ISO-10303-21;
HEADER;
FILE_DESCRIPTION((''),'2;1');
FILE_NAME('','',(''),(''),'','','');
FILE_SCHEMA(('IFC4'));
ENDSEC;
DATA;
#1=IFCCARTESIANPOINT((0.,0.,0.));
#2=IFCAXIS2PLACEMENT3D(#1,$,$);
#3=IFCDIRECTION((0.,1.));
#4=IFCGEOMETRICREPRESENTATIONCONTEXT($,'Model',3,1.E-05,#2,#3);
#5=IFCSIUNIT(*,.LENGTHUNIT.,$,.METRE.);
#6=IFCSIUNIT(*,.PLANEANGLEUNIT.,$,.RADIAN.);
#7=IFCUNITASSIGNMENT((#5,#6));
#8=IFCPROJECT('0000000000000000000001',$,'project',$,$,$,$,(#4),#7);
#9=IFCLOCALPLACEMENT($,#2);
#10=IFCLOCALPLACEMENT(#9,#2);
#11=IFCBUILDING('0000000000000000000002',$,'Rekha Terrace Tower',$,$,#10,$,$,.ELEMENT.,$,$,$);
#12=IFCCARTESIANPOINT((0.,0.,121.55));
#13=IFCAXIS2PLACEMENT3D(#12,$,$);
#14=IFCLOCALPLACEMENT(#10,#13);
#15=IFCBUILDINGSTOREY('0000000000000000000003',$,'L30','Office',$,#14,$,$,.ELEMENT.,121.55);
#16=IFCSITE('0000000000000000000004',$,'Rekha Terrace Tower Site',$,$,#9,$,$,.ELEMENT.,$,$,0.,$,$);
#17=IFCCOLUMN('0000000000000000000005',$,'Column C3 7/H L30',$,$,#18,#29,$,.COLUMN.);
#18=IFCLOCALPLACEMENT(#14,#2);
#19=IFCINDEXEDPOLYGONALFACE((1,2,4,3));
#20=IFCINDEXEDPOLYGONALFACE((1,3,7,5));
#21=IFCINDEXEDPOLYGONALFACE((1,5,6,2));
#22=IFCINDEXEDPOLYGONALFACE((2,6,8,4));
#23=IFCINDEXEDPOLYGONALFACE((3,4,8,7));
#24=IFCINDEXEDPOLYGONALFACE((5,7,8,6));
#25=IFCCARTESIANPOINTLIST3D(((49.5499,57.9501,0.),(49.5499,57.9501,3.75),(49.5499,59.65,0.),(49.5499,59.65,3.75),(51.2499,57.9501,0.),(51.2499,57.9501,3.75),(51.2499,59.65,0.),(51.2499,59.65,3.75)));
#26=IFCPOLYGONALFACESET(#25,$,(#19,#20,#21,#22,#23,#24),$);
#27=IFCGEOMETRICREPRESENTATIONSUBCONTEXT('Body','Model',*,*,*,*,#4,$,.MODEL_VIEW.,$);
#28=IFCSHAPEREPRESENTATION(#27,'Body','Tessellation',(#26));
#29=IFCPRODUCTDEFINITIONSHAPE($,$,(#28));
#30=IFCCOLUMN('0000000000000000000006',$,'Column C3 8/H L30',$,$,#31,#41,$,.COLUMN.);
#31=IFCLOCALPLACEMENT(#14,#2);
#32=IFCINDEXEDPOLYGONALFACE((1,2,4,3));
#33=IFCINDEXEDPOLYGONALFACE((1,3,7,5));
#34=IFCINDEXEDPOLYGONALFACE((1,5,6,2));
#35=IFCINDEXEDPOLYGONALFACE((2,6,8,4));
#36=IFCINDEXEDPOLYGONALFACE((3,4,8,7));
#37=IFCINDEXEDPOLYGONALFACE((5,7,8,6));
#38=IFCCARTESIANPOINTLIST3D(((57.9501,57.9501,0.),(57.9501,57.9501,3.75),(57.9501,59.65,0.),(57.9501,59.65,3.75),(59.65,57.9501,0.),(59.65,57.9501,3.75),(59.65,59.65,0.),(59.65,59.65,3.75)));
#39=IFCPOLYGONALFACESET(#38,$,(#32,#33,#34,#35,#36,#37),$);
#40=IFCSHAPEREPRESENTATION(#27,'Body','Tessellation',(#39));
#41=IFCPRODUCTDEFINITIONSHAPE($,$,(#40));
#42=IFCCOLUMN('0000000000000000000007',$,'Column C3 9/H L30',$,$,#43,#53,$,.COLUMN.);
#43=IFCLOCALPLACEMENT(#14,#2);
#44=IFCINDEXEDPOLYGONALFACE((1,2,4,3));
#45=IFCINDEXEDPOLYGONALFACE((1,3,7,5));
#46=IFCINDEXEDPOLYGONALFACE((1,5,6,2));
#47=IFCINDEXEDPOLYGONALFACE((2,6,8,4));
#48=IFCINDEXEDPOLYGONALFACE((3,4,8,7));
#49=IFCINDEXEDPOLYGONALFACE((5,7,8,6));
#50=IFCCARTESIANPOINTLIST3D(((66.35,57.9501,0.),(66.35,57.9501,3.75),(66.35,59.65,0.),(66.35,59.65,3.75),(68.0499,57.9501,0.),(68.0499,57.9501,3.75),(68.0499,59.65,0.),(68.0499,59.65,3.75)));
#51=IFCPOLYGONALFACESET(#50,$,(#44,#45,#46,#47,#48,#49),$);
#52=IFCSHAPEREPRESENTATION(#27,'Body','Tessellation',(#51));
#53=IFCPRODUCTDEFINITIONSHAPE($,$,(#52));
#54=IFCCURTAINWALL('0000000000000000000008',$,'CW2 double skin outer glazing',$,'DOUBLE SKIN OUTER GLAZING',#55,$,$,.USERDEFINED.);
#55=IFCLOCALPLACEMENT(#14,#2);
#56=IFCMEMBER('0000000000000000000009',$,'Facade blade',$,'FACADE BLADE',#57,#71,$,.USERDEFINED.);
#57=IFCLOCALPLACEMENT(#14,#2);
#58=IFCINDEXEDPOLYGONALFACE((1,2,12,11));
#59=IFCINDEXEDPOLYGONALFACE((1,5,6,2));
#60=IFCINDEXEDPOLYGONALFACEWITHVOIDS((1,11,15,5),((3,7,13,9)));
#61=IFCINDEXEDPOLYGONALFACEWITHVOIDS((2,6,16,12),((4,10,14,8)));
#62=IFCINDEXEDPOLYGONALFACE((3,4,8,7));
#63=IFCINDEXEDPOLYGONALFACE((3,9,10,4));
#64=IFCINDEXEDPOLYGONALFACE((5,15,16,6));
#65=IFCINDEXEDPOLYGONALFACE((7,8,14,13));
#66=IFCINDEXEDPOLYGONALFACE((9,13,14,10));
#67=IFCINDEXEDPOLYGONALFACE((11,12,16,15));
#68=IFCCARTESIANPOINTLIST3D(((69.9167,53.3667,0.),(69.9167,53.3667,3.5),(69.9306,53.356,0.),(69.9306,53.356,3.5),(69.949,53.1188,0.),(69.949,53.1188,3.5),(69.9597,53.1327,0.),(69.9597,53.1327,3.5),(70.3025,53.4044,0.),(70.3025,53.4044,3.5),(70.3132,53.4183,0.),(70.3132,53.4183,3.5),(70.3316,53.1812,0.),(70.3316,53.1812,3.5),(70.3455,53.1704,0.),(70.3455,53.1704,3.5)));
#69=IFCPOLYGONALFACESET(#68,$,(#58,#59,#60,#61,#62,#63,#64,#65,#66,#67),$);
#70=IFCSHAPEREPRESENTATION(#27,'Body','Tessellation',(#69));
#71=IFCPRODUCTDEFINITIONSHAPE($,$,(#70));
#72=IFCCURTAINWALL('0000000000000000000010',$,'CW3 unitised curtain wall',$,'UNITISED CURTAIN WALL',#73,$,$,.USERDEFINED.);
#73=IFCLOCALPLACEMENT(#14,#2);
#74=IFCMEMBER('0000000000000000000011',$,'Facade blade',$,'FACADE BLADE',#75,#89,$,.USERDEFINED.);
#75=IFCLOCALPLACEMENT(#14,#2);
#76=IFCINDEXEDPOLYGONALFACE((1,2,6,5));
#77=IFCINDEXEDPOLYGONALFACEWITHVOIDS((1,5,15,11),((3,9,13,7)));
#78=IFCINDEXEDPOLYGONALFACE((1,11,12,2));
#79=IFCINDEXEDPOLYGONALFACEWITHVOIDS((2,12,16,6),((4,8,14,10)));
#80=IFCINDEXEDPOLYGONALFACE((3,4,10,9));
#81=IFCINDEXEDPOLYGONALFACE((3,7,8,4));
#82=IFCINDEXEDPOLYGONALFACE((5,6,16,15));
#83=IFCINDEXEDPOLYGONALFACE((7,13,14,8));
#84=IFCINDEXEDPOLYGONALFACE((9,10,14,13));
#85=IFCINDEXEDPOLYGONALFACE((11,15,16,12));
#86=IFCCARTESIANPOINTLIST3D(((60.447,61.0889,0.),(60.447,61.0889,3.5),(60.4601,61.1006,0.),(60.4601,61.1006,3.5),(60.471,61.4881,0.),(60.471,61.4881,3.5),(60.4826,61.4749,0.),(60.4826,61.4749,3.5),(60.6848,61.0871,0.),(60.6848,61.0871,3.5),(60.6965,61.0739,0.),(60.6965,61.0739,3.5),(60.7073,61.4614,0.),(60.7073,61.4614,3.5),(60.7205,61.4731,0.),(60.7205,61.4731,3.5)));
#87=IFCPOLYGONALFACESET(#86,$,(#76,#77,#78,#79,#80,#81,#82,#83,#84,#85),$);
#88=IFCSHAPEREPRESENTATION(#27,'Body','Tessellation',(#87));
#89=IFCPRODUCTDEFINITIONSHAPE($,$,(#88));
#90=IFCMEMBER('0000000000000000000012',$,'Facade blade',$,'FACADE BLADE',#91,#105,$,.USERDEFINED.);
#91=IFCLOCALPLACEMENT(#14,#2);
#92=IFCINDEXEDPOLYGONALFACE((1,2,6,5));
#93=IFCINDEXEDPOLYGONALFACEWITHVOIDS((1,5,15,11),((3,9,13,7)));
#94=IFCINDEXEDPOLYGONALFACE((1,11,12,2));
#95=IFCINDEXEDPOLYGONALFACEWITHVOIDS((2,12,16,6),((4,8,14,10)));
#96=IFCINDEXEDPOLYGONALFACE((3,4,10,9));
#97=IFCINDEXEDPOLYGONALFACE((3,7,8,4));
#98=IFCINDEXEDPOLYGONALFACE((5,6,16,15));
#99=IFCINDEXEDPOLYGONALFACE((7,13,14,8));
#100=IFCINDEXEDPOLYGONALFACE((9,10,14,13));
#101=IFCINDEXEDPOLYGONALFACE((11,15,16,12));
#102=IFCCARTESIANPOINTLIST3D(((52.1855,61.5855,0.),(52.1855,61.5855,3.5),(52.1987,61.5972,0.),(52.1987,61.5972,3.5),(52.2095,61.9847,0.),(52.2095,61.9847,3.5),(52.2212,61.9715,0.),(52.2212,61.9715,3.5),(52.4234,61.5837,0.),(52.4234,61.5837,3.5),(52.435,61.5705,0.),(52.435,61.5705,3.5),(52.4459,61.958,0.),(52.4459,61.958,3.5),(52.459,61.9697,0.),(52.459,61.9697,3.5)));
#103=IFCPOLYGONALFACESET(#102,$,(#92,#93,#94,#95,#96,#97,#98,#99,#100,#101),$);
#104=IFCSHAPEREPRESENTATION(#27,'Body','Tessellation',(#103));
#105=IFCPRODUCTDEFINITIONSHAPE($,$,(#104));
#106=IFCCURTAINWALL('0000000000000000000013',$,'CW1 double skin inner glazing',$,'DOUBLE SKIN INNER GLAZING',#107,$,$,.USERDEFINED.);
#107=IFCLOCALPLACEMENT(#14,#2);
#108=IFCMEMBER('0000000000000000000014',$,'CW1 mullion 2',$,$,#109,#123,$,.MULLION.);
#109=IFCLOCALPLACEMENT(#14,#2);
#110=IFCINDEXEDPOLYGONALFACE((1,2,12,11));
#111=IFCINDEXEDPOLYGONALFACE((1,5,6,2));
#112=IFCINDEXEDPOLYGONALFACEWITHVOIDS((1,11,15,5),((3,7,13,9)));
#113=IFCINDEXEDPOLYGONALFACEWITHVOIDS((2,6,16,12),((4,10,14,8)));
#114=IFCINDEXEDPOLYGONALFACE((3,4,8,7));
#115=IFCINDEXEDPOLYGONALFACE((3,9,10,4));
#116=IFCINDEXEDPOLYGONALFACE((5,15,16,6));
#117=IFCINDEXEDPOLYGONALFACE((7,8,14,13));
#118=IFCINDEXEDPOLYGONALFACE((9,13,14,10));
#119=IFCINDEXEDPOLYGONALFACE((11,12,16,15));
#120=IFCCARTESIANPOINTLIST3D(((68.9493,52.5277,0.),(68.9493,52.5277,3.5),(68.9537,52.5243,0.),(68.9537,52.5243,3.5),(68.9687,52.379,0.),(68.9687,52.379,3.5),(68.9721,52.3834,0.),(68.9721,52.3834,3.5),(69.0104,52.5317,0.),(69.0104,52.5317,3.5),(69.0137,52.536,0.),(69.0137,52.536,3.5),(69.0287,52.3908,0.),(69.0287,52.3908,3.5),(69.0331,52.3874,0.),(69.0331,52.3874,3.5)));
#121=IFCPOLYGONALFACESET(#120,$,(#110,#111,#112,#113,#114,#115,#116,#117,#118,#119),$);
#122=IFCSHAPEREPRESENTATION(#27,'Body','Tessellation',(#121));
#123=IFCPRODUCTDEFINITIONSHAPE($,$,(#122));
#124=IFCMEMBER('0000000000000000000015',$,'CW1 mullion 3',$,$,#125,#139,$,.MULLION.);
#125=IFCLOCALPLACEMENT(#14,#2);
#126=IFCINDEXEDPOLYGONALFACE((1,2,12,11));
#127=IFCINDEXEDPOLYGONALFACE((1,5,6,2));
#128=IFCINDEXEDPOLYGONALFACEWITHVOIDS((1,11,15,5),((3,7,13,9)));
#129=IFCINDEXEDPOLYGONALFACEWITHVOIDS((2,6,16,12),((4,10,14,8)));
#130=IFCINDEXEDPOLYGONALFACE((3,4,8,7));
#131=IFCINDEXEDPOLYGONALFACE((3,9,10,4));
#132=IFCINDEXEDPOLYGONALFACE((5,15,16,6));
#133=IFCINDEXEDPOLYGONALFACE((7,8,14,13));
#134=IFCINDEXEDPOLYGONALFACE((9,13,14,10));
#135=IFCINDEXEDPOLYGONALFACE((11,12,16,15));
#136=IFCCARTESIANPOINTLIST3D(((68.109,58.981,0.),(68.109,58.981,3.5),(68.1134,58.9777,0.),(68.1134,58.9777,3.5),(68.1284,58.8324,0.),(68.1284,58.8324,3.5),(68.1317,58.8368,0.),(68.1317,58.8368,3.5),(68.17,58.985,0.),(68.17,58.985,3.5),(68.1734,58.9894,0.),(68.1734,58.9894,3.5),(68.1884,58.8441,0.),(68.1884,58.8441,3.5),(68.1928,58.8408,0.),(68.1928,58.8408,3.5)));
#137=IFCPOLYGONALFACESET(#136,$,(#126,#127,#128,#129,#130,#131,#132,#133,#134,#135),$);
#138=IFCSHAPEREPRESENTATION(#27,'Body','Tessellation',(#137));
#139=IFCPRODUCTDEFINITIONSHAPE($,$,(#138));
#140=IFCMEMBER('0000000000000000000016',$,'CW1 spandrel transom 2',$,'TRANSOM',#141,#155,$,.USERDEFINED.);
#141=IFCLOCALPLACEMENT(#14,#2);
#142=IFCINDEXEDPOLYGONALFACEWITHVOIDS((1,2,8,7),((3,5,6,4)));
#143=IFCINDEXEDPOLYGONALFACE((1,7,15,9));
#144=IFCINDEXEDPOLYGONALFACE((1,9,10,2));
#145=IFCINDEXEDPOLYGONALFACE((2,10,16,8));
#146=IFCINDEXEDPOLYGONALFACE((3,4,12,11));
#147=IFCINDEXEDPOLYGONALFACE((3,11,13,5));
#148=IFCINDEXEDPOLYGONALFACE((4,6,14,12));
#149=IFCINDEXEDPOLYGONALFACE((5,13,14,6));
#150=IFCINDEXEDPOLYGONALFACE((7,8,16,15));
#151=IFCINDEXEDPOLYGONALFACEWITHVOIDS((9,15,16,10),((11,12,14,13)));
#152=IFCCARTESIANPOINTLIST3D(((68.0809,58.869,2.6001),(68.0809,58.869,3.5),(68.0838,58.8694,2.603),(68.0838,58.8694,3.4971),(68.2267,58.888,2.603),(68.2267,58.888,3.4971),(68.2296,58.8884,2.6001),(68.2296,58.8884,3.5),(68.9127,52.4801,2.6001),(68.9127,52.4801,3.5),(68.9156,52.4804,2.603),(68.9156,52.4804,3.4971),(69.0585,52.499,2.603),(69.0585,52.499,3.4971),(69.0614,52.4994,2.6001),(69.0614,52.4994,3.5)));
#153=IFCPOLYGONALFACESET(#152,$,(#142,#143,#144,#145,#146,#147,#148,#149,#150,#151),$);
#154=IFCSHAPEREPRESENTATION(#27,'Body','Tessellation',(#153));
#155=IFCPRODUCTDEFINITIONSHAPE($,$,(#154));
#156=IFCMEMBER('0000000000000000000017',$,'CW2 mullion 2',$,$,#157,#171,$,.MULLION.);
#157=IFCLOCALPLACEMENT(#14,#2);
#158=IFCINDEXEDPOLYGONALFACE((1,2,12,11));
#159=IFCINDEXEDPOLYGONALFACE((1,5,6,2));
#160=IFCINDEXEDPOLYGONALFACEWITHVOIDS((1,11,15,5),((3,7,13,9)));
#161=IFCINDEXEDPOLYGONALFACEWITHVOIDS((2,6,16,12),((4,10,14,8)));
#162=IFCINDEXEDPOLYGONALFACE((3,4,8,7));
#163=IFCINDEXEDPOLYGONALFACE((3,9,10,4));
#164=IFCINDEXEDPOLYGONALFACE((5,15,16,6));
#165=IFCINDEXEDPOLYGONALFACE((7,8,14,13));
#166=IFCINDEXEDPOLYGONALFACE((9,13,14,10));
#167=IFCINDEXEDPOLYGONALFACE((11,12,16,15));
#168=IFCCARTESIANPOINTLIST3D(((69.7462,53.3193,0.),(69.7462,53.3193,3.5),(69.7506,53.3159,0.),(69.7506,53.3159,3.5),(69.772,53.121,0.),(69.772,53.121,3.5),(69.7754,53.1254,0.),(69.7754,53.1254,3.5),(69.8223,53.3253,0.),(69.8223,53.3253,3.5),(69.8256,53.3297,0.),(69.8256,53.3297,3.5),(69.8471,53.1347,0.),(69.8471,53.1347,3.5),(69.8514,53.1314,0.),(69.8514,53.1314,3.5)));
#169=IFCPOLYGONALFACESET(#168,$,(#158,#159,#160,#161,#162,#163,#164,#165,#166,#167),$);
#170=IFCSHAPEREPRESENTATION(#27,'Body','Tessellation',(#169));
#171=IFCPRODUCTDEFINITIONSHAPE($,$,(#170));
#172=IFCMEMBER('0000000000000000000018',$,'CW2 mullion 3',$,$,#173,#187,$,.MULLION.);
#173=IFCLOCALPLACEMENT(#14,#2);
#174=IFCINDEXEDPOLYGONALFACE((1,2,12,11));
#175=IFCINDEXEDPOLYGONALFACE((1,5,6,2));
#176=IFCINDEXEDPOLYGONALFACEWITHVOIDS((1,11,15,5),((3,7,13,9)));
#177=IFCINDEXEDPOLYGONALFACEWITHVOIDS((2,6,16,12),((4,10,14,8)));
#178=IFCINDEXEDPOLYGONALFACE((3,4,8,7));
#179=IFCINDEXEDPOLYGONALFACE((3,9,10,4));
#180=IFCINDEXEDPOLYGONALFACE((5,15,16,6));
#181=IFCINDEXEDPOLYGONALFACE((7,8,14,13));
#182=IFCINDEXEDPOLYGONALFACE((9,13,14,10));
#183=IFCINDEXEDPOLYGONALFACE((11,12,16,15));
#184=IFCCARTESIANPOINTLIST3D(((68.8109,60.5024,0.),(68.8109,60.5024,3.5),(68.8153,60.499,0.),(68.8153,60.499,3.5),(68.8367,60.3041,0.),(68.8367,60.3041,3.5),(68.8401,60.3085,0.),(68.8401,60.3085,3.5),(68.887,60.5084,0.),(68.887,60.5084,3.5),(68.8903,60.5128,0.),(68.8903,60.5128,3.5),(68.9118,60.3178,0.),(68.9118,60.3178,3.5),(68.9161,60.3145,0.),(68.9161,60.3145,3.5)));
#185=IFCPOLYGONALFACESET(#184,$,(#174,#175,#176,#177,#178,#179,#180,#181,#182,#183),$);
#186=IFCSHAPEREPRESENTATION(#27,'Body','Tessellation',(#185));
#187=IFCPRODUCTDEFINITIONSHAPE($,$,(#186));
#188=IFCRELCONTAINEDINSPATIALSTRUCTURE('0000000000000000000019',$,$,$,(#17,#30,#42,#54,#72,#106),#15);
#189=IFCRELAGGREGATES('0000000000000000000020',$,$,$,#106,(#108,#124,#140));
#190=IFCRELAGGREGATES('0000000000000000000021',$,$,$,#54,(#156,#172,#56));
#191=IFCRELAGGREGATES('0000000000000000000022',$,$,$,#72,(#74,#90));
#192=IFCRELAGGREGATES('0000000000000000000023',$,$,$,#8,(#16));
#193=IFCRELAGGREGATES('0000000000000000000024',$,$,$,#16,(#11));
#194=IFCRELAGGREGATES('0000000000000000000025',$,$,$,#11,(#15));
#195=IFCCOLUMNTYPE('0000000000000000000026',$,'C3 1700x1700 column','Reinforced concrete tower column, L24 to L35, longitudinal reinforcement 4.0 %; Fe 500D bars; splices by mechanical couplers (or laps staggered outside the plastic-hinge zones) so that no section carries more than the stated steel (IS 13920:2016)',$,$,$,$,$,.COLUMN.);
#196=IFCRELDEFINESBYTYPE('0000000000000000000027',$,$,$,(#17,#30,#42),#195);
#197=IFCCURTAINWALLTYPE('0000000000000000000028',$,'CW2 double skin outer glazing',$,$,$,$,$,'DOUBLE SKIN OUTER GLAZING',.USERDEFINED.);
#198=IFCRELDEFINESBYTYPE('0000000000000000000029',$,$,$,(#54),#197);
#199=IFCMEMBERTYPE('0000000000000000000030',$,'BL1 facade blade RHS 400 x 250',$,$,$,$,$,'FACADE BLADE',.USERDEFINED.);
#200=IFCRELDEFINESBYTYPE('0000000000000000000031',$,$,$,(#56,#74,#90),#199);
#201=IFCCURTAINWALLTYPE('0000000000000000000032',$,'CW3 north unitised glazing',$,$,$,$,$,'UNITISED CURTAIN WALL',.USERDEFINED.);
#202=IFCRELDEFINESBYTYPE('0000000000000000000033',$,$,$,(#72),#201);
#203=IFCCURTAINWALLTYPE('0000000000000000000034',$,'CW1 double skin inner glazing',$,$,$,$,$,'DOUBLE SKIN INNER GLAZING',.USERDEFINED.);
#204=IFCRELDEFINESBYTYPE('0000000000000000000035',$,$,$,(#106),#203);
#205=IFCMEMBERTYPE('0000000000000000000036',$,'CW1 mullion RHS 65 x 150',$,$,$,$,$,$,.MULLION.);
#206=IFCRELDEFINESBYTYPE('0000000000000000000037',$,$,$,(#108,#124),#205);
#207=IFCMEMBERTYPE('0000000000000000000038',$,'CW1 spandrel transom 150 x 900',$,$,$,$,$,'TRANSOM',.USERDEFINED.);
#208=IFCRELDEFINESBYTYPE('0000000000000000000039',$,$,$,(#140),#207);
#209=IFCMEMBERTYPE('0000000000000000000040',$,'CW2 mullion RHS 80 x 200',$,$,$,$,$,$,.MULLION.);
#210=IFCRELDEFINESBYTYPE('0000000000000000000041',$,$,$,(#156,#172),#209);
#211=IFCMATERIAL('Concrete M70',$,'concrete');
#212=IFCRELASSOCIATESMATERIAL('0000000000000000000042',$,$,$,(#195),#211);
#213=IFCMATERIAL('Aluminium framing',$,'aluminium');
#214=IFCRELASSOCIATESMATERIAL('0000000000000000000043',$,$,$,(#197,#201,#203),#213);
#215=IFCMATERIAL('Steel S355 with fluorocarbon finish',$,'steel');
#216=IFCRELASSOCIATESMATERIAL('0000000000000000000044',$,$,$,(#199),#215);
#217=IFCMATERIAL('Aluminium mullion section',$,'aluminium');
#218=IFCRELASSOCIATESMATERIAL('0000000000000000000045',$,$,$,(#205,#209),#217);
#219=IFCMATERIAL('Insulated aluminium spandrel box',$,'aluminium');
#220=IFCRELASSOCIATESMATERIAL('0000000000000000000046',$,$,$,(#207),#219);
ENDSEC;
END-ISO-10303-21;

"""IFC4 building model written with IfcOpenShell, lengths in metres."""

from ifc_helpers import new_model, si_unit, direction, frame, origin, origin_2d, place, context, subcontext, project, spatial, rectangle, hollow_rectangle, extrude, material, material_profile, profile_set, type_object, element, aggregate, save


model = new_model("IFC4")

# Units and contexts
model_context = context("Model", 3, precision=1e-05, world=origin(), true_north=direction((0.0, 1.0)))
body_context = subcontext(model_context, "Body", "Model", "MODEL_VIEW")
ifc_project = project(units=[si_unit("LENGTHUNIT", "METRE"), si_unit("PLANEANGLEUNIT", "RADIAN")], contexts=[model_context])

# Site, building, storey
site_placement = place(None, origin())
site = spatial("IfcSite", under=ifc_project, at=site_placement, Name="Rekha Terrace Tower Site", CompositionType="ELEMENT", RefElevation=0.0)
building_placement = place(site_placement, origin())
building = spatial("IfcBuilding", under=site, at=building_placement, Name="Rekha Terrace Tower", CompositionType="ELEMENT")
storey_placement = place(building_placement, frame((0.0, 0.0, 121.55)))
storey = spatial("IfcBuildingStorey", under=building, at=storey_placement, Name="L30", Description="Office", CompositionType="ELEMENT", Elevation=121.55)

# Columns
ifc_material_1 = material(Name="Concrete M70", Category="concrete")
ifc_material_profile_1 = material_profile(ifc_material_1, rectangle(XDim=1.7, YDim=1.7, at=origin_2d()), Name="RC 1700x1700")
ifc_profile_set_1 = profile_set([ifc_material_profile_1], Name="Concrete M70")
column_type = type_object("IfcColumnType", Name="C3 1700x1700 column", Description="Reinforced concrete tower column, L24 to L35, longitudinal reinforcement 4.0 %; Fe 500D bars; splices by mechanical couplers (or laps staggered outside the plastic-hinge zones) so that no section carries more than the stated steel (IS 13920:2016)", PredefinedType="COLUMN", material=ifc_profile_set_1)
for number, where, z_axis, x_axis, name in (
    (1, (50.3999, 58.8, 0.0), (0.0, 0.0, 1.0), (1.0, 0.0, 0.0), "Column C3 7/H L30"),
    (2, (58.8, 58.8, 0.0), (0.0, 0.0, 1.0), (1.0, 0.0, 0.0), "Column C3 8/H L30"),
    (3, (67.2, 58.8, 0.0), (0.0, 0.0, 1.0), (1.0, 0.0, 0.0), "Column C3 9/H L30"),
):
    element("IfcColumn", number, at=place(storey_placement, frame(where, z_axis=z_axis, x_axis=x_axis)), inside=storey, type_object=column_type, Name=name, PredefinedType="COLUMN", context=body_context, shape_type="SweptSolid", body=[
        extrude(rectangle(XDim=1.7, YDim=1.7, at=origin_2d()), origin(), (0.0, 0.0, 1.0), 3.75),
    ])

# Curtain wall, member
ifc_material_2 = material(Name="Aluminium framing", Category="aluminium")
curtain_wall_type_1 = type_object("IfcCurtainWallType", Name="CW2 double skin outer glazing", ElementType="DOUBLE SKIN OUTER GLAZING", PredefinedType="USERDEFINED", material=ifc_material_2)
curtain_wall_1_placement = place(storey_placement, origin())
curtain_wall_1 = element("IfcCurtainWall", 4, at=curtain_wall_1_placement, inside=storey, type_object=curtain_wall_type_1, Name="CW2 double skin outer glazing", ObjectType="DOUBLE SKIN OUTER GLAZING", PredefinedType="USERDEFINED")
ifc_material_3 = material(Name="Steel S355 with fluorocarbon finish", Category="steel")
ifc_material_profile_2 = material_profile(ifc_material_3, hollow_rectangle(XDim=0.25, YDim=0.3999, WallThickness=0.0125, at=origin_2d()), Name="RHS400x250x12.5")
ifc_profile_set_2 = profile_set([ifc_material_profile_2], Name="Steel S355 with fluorocarbon finish")
member_type_1 = type_object("IfcMemberType", Name="BL1 facade blade RHS 400 x 250", ElementType="FACADE BLADE", PredefinedType="USERDEFINED", material=ifc_profile_set_2)
member_1_placement = place(storey_placement, frame((70.1311, 53.2686, 0.0), z_axis=(0.0, 0.0, 1.0), x_axis=(-0.129119, 0.991629, 0.0)))
member_1 = element("IfcMember", 5, at=member_1_placement, type_object=member_type_1, Name="Facade blade", ObjectType="FACADE BLADE", PredefinedType="USERDEFINED", context=body_context, shape_type="SweptSolid", body=[
    extrude(hollow_rectangle(XDim=0.25, YDim=0.3999, WallThickness=0.0125, at=origin_2d()), origin(), (0.0, 0.0, 1.0), 3.5),
])

# Curtain walls, members
curtain_wall_type_2 = type_object("IfcCurtainWallType", Name="CW3 north unitised glazing", ElementType="UNITISED CURTAIN WALL", PredefinedType="USERDEFINED", material=ifc_material_2)
curtain_wall_2_placement = place(storey_placement, origin())
curtain_wall_2 = element("IfcCurtainWall", 6, at=curtain_wall_2_placement, inside=storey, type_object=curtain_wall_type_2, Name="CW3 unitised curtain wall", ObjectType="UNITISED CURTAIN WALL", PredefinedType="USERDEFINED")
member_2_placement = place(storey_placement, frame((60.5837, 61.281, 0.0), z_axis=(0.0, 0.0, 1.0), x_axis=(-0.998199, 0.059988, 0.0)))
member_2 = element("IfcMember", 7, at=member_2_placement, type_object=member_type_1, Name="Facade blade", ObjectType="FACADE BLADE", PredefinedType="USERDEFINED", context=body_context, shape_type="SweptSolid", body=[
    extrude(hollow_rectangle(XDim=0.25, YDim=0.3999, WallThickness=0.0125, at=origin_2d()), origin(), (0.0, 0.0, 1.0), 3.5),
])
member_3_placement = place(storey_placement, frame((52.3223, 61.7776, 0.0), z_axis=(0.0, 0.0, 1.0), x_axis=(-0.998199, 0.059988, 0.0)))
member_3 = element("IfcMember", 8, at=member_3_placement, type_object=member_type_1, Name="Facade blade", ObjectType="FACADE BLADE", PredefinedType="USERDEFINED", context=body_context, shape_type="SweptSolid", body=[
    extrude(hollow_rectangle(XDim=0.25, YDim=0.3999, WallThickness=0.0125, at=origin_2d()), origin(), (0.0, 0.0, 1.0), 3.5),
])
curtain_wall_type_3 = type_object("IfcCurtainWallType", Name="CW1 double skin inner glazing", ElementType="DOUBLE SKIN INNER GLAZING", PredefinedType="USERDEFINED", material=ifc_material_2)
curtain_wall_3_placement = place(storey_placement, origin())
curtain_wall_3 = element("IfcCurtainWall", 9, at=curtain_wall_3_placement, inside=storey, type_object=curtain_wall_type_3, Name="CW1 double skin inner glazing", ObjectType="DOUBLE SKIN INNER GLAZING", PredefinedType="USERDEFINED")
ifc_material_4 = material(Name="Aluminium mullion section", Category="aluminium")
ifc_material_profile_3 = material_profile(ifc_material_4, hollow_rectangle(XDim=0.0649, YDim=0.1499, WallThickness=0.0039, at=origin_2d()), Name="AL RHS 65x150")
ifc_profile_set_3 = profile_set([ifc_material_profile_3], Name="Aluminium mullion section")
member_type_2 = type_object("IfcMemberType", Name="CW1 mullion RHS 65 x 150", PredefinedType="MULLION", material=ifc_profile_set_3)
member_4_placement = place(storey_placement, frame((68.9912, 52.4575, 0.0), z_axis=(0.0, 0.0, 1.0), x_axis=(-0.991629, -0.129118, 0.0)))
member_4 = element("IfcMember", 10, at=member_4_placement, type_object=member_type_2, Name="CW1 mullion 2", PredefinedType="MULLION", context=body_context, shape_type="SweptSolid", body=[
    extrude(hollow_rectangle(XDim=0.0649, YDim=0.1499, WallThickness=0.0039, at=origin_2d()), origin(), (0.0, 0.0, 1.0), 3.5),
])
member_5_placement = place(storey_placement, frame((68.1509, 58.9109, 0.0), z_axis=(0.0, 0.0, 1.0), x_axis=(-0.991629, -0.129118, 0.0)))
member_5 = element("IfcMember", 11, at=member_5_placement, type_object=member_type_2, Name="CW1 mullion 3", PredefinedType="MULLION", context=body_context, shape_type="SweptSolid", body=[
    extrude(hollow_rectangle(XDim=0.0649, YDim=0.1499, WallThickness=0.0039, at=origin_2d()), origin(), (0.0, 0.0, 1.0), 3.5),
])
ifc_material_5 = material(Name="Insulated aluminium spandrel box", Category="aluminium")
ifc_material_profile_4 = material_profile(ifc_material_5, hollow_rectangle(XDim=0.1499, YDim=0.8999, WallThickness=0.0029, at=origin_2d()), Name="AL SPANDREL BOX 150x900")
ifc_profile_set_4 = profile_set([ifc_material_profile_4], Name="Insulated aluminium spandrel box")
member_type_3 = type_object("IfcMemberType", Name="CW1 spandrel transom 150 x 900", ElementType="TRANSOM", PredefinedType="USERDEFINED", material=ifc_profile_set_4)
member_6_placement = place(storey_placement, frame((68.9871, 52.4897, 3.05), z_axis=(-0.129103, 0.991631, 0.0), x_axis=(-0.991631, -0.129103, 0.0)))
member_6 = element("IfcMember", 12, at=member_6_placement, type_object=member_type_3, Name="CW1 spandrel transom 2", ObjectType="TRANSOM", PredefinedType="USERDEFINED", context=body_context, shape_type="SweptSolid", body=[
    extrude(hollow_rectangle(XDim=0.1499, YDim=0.8999, WallThickness=0.0029, at=origin_2d()), origin(), (0.0, 0.0, 1.0), 6.4429),
])

# Members
ifc_material_profile_5 = material_profile(ifc_material_4, hollow_rectangle(XDim=0.0801, YDim=0.2, WallThickness=0.0039, at=origin_2d()), Name="AL RHS 80x200")
ifc_profile_set_5 = profile_set([ifc_material_profile_5], Name="Aluminium mullion section")
member_type_4 = type_object("IfcMemberType", Name="CW2 mullion RHS 80 x 200", PredefinedType="MULLION", material=ifc_profile_set_5)
member_7_placement = place(storey_placement, frame((69.7988, 53.2253, 0.0), z_axis=(0.0, 0.0, 1.0), x_axis=(-0.991629, -0.129118, 0.0)))
member_7 = element("IfcMember", 13, at=member_7_placement, type_object=member_type_4, Name="CW2 mullion 2", PredefinedType="MULLION", context=body_context, shape_type="SweptSolid", body=[
    extrude(hollow_rectangle(XDim=0.0801, YDim=0.2, WallThickness=0.0039, at=origin_2d()), origin(), (0.0, 0.0, 1.0), 3.5),
])
member_8_placement = place(storey_placement, frame((68.8635, 60.4084, 0.0), z_axis=(0.0, 0.0, 1.0), x_axis=(-0.991629, -0.129118, 0.0)))
member_8 = element("IfcMember", 14, at=member_8_placement, type_object=member_type_4, Name="CW2 mullion 3", PredefinedType="MULLION", context=body_context, shape_type="SweptSolid", body=[
    extrude(hollow_rectangle(XDim=0.0801, YDim=0.2, WallThickness=0.0039, at=origin_2d()), origin(), (0.0, 0.0, 1.0), 3.5),
])

aggregate(curtain_wall_3, [member_4, member_5, member_6])
aggregate(curtain_wall_1, [member_7, member_8, member_1])
aggregate(curtain_wall_2, [member_2, member_3])

save(model, "model.ifc")
